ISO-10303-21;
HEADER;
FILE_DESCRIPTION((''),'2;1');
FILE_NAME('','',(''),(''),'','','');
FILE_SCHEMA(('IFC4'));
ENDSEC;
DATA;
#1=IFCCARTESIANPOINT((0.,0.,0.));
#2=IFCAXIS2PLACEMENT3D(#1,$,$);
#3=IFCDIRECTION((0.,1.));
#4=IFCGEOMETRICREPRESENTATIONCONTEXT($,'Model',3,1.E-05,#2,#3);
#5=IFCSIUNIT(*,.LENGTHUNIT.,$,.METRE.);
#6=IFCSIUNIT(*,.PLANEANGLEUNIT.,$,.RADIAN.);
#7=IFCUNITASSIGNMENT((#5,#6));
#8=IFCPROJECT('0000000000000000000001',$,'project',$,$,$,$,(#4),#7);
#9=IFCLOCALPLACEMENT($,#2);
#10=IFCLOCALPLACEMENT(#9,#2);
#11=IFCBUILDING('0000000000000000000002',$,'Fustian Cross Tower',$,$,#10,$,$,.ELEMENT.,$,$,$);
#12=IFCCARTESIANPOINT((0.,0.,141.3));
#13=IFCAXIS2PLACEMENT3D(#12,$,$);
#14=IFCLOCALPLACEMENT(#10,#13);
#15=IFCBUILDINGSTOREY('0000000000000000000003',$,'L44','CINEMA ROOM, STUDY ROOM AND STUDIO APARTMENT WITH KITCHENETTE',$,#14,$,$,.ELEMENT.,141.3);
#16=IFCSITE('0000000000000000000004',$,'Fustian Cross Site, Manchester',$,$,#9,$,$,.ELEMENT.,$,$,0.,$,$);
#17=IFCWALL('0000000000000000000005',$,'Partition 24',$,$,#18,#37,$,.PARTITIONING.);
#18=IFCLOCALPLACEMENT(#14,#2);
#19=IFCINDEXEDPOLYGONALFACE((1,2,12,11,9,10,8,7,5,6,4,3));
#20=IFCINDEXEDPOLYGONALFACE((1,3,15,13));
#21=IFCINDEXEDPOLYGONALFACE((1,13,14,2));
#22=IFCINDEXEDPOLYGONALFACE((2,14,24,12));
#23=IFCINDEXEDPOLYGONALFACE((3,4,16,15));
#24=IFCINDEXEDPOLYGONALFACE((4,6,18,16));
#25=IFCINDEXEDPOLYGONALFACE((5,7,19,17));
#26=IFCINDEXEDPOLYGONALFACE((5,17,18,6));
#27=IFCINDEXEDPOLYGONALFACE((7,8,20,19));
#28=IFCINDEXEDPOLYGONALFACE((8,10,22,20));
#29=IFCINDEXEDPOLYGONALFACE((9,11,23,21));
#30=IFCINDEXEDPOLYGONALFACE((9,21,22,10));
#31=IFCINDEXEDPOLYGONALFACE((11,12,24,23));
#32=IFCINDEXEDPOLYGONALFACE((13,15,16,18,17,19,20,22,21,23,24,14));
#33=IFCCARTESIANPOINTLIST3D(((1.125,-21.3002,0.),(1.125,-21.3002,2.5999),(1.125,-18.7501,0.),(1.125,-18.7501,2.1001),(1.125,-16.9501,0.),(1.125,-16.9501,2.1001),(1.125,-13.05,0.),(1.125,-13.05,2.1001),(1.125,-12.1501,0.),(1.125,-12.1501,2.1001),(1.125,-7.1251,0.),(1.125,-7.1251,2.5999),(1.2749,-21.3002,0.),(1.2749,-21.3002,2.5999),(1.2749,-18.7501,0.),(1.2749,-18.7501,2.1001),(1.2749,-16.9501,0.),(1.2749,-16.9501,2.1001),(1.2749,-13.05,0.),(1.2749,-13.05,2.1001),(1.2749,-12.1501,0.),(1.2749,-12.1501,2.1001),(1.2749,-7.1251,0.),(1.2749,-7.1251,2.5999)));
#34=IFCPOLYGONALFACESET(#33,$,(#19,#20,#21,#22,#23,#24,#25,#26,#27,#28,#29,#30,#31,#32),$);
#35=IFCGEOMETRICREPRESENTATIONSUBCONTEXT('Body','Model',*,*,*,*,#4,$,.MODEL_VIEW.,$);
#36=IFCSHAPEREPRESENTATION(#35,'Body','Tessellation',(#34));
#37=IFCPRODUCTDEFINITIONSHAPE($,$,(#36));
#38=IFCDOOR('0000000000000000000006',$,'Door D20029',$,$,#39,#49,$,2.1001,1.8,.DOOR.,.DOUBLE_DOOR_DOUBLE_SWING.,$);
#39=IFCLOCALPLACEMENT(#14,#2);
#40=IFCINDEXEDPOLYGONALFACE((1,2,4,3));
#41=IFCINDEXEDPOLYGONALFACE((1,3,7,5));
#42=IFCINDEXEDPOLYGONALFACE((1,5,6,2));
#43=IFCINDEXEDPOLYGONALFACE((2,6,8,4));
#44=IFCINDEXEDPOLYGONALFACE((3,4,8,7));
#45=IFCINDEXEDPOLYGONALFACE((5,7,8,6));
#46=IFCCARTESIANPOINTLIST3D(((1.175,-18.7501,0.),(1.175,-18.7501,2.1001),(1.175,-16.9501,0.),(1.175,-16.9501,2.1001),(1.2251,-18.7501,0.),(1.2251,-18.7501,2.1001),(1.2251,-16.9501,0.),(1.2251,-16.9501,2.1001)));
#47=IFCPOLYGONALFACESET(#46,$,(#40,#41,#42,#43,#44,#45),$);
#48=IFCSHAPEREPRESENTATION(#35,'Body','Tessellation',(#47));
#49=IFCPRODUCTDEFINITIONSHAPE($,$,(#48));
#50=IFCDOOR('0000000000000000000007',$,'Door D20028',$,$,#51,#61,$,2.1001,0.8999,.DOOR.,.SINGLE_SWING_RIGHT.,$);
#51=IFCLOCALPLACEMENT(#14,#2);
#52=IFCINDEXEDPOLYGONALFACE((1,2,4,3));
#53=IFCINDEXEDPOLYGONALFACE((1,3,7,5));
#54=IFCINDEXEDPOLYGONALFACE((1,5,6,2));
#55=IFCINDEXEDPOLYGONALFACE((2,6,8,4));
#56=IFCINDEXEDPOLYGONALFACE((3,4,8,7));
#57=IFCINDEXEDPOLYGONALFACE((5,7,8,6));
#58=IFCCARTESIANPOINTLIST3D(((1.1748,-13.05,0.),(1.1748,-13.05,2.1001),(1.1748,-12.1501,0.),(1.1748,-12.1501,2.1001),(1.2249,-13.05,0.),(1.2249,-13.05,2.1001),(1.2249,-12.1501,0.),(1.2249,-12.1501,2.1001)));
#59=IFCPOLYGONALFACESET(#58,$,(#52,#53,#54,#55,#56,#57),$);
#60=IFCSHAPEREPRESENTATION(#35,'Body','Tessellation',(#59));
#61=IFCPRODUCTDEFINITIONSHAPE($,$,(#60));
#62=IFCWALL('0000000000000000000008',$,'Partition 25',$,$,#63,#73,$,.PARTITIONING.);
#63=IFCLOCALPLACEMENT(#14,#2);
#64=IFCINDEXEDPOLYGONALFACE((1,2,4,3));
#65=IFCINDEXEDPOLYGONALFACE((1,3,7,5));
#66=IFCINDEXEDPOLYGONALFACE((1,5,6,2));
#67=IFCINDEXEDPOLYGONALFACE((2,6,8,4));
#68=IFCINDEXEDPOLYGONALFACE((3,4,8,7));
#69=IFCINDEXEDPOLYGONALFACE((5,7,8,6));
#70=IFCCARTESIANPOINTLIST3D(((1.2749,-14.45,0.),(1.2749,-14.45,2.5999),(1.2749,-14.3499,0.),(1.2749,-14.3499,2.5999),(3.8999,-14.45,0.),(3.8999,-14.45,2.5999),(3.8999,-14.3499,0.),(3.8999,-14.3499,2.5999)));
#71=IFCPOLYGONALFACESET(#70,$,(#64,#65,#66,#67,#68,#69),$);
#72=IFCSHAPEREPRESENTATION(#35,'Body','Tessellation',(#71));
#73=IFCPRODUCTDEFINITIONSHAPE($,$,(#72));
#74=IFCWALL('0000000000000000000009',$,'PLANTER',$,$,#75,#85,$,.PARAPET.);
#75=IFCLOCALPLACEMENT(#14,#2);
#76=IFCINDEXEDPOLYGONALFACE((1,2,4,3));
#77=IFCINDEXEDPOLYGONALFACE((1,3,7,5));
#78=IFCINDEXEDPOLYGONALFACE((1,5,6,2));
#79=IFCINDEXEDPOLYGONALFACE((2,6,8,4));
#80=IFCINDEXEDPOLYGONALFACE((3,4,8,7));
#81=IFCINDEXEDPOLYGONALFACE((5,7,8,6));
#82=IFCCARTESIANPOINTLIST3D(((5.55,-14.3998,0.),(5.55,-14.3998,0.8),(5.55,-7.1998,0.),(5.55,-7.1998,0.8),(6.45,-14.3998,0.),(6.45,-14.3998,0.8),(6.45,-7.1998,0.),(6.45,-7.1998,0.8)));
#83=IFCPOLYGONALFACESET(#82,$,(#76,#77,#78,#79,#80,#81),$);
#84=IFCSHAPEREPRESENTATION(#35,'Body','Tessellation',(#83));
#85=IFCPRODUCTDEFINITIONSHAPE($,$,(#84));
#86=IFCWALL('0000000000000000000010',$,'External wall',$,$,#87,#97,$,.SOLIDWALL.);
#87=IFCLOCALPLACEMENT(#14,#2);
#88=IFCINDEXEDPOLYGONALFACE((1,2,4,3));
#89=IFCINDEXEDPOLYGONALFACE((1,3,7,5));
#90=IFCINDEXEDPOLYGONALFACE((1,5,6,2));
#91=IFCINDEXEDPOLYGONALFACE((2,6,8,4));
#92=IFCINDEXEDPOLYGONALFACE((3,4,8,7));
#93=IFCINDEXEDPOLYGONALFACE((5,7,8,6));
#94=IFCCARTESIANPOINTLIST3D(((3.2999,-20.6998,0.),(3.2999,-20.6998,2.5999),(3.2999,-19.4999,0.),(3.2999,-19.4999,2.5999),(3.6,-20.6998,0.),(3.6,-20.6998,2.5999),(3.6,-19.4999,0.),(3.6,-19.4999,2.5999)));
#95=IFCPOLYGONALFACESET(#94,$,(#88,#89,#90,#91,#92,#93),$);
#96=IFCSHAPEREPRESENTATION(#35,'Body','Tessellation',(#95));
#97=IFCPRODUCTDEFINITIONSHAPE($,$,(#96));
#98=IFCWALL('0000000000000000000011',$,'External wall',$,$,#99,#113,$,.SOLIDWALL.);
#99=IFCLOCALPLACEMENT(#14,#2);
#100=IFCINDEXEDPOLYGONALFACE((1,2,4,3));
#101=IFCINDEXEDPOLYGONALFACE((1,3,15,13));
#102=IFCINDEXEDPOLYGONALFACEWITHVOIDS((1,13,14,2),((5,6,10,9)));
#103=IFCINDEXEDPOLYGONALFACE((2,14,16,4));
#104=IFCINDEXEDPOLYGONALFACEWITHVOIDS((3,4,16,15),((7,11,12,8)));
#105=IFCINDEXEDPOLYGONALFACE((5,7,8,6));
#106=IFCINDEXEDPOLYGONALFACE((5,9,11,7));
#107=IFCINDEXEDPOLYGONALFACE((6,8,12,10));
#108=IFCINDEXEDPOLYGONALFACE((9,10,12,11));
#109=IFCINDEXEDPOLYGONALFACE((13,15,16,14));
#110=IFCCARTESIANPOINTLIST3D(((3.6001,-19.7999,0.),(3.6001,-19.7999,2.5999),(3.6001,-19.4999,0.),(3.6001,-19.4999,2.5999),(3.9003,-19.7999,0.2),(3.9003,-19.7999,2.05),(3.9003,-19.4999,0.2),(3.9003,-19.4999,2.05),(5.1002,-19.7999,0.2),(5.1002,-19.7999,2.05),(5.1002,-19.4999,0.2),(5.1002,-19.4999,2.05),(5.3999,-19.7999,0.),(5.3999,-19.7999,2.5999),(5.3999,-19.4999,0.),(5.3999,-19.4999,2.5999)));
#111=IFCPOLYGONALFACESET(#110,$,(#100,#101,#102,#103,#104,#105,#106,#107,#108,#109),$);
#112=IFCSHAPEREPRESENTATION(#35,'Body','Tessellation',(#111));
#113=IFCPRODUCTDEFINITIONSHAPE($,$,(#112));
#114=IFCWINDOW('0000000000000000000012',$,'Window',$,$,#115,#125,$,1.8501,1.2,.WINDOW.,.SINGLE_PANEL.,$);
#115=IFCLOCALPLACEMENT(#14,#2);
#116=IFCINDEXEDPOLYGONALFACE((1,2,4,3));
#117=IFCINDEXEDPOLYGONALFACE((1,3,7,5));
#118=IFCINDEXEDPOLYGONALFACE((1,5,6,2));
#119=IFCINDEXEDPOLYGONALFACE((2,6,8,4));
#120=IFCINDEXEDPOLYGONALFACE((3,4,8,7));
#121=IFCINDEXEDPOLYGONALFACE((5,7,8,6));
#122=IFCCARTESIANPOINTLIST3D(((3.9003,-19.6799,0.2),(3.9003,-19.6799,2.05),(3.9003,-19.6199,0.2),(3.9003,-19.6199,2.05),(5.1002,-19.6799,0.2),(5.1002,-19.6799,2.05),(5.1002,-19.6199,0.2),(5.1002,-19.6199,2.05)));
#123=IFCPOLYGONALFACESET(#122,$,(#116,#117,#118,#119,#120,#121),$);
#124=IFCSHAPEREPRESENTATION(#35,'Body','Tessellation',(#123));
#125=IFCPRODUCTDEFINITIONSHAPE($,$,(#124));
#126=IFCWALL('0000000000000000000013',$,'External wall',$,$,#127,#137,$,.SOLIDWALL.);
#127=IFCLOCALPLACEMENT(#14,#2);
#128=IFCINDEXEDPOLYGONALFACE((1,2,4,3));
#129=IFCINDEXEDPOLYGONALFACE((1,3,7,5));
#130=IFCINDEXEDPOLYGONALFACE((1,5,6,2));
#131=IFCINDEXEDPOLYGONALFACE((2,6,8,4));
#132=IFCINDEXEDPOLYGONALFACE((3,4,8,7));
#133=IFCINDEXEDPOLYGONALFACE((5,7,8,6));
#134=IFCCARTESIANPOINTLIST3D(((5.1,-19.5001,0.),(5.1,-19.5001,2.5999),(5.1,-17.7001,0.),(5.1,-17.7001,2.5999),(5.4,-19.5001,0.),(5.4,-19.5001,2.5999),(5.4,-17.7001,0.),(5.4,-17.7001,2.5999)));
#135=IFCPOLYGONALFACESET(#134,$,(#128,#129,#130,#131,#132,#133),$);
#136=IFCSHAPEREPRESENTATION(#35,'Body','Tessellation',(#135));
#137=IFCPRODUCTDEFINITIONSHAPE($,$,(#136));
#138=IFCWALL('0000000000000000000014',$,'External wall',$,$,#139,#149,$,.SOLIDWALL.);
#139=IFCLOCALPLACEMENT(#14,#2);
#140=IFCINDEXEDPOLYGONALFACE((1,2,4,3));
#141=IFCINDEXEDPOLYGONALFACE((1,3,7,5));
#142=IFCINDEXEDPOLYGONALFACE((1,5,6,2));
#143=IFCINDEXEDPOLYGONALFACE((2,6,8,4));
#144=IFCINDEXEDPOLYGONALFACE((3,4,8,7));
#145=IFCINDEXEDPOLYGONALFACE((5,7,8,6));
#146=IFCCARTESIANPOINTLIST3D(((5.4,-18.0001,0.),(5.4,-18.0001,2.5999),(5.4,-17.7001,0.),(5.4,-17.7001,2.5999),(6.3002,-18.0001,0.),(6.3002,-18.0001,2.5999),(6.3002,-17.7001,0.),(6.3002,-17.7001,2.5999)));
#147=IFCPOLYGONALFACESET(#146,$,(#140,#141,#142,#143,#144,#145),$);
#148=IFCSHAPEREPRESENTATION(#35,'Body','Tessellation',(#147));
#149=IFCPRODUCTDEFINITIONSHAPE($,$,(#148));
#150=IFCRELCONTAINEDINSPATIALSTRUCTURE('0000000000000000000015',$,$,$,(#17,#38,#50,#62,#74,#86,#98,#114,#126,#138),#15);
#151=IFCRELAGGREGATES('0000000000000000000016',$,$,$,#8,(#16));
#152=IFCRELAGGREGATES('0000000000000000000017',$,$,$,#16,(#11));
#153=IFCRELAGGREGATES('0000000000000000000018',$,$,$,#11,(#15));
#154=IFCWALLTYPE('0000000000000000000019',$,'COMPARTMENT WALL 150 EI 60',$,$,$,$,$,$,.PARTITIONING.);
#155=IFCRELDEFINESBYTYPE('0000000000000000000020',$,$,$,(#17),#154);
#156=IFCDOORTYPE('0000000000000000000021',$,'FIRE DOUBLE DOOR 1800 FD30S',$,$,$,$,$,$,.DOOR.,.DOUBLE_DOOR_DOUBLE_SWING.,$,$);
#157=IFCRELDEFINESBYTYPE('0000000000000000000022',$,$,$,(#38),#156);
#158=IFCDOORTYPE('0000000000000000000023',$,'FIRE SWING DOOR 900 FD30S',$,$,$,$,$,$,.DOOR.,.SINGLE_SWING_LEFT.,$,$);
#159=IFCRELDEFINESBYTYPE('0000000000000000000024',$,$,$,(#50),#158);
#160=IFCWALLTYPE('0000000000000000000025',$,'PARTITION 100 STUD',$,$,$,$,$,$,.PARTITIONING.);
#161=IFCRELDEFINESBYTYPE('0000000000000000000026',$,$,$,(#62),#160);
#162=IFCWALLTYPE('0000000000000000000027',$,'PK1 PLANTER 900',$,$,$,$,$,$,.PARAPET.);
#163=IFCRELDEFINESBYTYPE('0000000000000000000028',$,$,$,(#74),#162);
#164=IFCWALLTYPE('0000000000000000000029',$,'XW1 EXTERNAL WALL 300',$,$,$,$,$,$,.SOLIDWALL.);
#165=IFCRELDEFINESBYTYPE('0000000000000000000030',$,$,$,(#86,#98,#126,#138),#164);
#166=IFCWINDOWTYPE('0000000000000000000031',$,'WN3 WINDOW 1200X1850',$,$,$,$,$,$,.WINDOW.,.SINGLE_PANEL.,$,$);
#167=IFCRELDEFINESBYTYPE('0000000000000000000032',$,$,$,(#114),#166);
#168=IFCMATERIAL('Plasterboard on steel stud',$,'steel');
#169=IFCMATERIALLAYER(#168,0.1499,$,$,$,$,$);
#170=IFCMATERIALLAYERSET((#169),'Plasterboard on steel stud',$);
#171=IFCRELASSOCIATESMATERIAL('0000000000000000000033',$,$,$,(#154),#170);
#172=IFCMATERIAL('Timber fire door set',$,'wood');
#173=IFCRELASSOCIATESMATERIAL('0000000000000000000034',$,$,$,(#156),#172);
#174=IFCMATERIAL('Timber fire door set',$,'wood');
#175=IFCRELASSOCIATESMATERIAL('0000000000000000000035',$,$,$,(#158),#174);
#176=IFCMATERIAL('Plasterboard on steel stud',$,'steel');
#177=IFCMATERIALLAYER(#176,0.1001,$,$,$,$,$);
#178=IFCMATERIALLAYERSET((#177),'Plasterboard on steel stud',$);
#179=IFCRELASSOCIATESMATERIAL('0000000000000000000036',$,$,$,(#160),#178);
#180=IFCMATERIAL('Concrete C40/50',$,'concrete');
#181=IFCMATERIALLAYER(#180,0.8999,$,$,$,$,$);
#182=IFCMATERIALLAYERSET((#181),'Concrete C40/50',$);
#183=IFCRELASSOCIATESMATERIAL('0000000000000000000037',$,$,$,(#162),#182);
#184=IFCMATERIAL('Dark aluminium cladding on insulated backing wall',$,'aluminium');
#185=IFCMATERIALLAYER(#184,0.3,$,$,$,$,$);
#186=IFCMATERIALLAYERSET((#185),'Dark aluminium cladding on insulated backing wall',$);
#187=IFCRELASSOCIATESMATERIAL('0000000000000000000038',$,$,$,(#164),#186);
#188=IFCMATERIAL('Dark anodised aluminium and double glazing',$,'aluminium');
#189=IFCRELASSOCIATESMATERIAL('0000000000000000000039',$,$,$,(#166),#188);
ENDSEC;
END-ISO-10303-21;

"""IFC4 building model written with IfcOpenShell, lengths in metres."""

from ifc_helpers import new_model, si_unit, direction, frame, frame_2d, origin, place, context, subcontext, project, spatial, rectangle, extrude, material, layer, layer_set, type_object, element, fill, save


model = new_model("IFC4")

# Units and contexts
model_context = context("Model", 3, precision=1e-05, world=origin(), true_north=direction((0.0, 1.0)))
body_context = subcontext(model_context, "Body", "Model", "MODEL_VIEW")
ifc_project = project(units=[si_unit("LENGTHUNIT", "METRE"), si_unit("PLANEANGLEUNIT", "RADIAN")], contexts=[model_context])

# Site, building, storey
site_placement = place(None, origin())
site = spatial("IfcSite", under=ifc_project, at=site_placement, Name="Fustian Cross Site, Manchester", CompositionType="ELEMENT", RefElevation=0.0)
building_placement = place(site_placement, origin())
building = spatial("IfcBuilding", under=site, at=building_placement, Name="Fustian Cross Tower", CompositionType="ELEMENT")
storey_placement = place(building_placement, frame((0.0, 0.0, 141.3)))
storey = spatial("IfcBuildingStorey", under=building, at=storey_placement, Name="L44", Description="CINEMA ROOM, STUDY ROOM AND STUDIO APARTMENT WITH KITCHENETTE", CompositionType="ELEMENT", Elevation=141.3)

# Wall, openings, doors
ifc_material_1 = material(Name="Plasterboard on steel stud", Category="steel")
ifc_layer_1 = layer(ifc_material_1, 0.1499)
ifc_layer_set_1 = layer_set([ifc_layer_1], Name="Plasterboard on steel stud")
wall_type_1 = type_object("IfcWallType", Name="COMPARTMENT WALL 150 EI 60", PredefinedType="PARTITIONING", material=ifc_layer_set_1)
wall_1_placement = place(storey_placement, frame((1.2, -21.3, 0.0), z_axis=(0.0, 0.0, 1.0), x_axis=(0.0, 1.0, 0.0)))
wall_1 = element("IfcWall", 1, at=wall_1_placement, inside=storey, type_object=wall_type_1, Name="Partition 24", PredefinedType="PARTITIONING", context=body_context, shape_type="SweptSolid", body=[
    extrude(rectangle(XDim=14.175, YDim=0.1499, at=frame_2d((7.0874, 0.0))), origin(), (0.0, 0.0, 1.0), 2.5999),
])
opening_1_placement = place(wall_1_placement, frame((8.25, 0.0, 0.0)))
opening_1 = element("IfcOpeningElement", 2, at=opening_1_placement, cuts=wall_1, PredefinedType="OPENING", context=body_context, shape_type="SweptSolid", body=[
    extrude(rectangle(XDim=0.8999, YDim=2.1001, at=frame_2d((0.45, 1.05))), frame((0.0, 0.085, 0.0), z_axis=(0.0, -1.0, 0.0), x_axis=(1.0, 0.0, 0.0)), (0.0, 0.0, 1.0), 0.1699),
])
opening_2_placement = place(wall_1_placement, frame((2.55, 0.0, 0.0)))
opening_2 = element("IfcOpeningElement", 3, at=opening_2_placement, cuts=wall_1, PredefinedType="OPENING", context=body_context, shape_type="SweptSolid", body=[
    extrude(rectangle(XDim=1.8, YDim=2.1001, at=frame_2d((0.8999, 1.05))), frame((0.0, 0.085, 0.0), z_axis=(0.0, -1.0, 0.0), x_axis=(1.0, 0.0, 0.0)), (0.0, 0.0, 1.0), 0.1699),
])
ifc_material_2 = material(Name="Timber fire door set", Category="wood")
door_type_1 = type_object("IfcDoorType", Name="FIRE DOUBLE DOOR 1800 FD30S", OperationType="DOUBLE_DOOR_DOUBLE_SWING", PredefinedType="DOOR", material=ifc_material_2)
door_1_placement = place(opening_2_placement, origin())
door_1 = element("IfcDoor", 4, at=door_1_placement, inside=storey, type_object=door_type_1, Name="Door D20029", OperationType="DOUBLE_DOOR_DOUBLE_SWING", OverallHeight=2.1001, OverallWidth=1.8, PredefinedType="DOOR", context=body_context, shape_type="SweptSolid", body=[
    extrude(rectangle(XDim=1.8, YDim=2.1001, at=frame_2d((0.8999, 1.05))), frame((0.0, 0.0249, 0.0), z_axis=(0.0, -1.0, 0.0), x_axis=(1.0, 0.0, 0.0)), (0.0, 0.0, 1.0), 0.05),
])
fill(opening_2, door_1)
ifc_material_3 = material(Name="Timber fire door set", Category="wood")
door_type_2 = type_object("IfcDoorType", Name="FIRE SWING DOOR 900 FD30S", OperationType="SINGLE_SWING_LEFT", PredefinedType="DOOR", material=ifc_material_3)
door_2_placement = place(opening_1_placement, frame((0.8999, 0.0, 0.0), z_axis=(0.0, 0.0, 1.0), x_axis=(-1.0, 0.0, 0.0)))
door_2 = element("IfcDoor", 5, at=door_2_placement, inside=storey, type_object=door_type_2, Name="Door D20028", OperationType="SINGLE_SWING_RIGHT", OverallHeight=2.1001, OverallWidth=0.8999, PredefinedType="DOOR", context=body_context, shape_type="SweptSolid", body=[
    extrude(rectangle(XDim=0.8999, YDim=2.1001, at=frame_2d((0.45, 1.05))), frame((0.0, 0.0249, 0.0), z_axis=(0.0, -1.0, 0.0), x_axis=(1.0, 0.0, 0.0)), (0.0, 0.0, 1.0), 0.05),
])
fill(opening_1, door_2)

# Walls
ifc_material_4 = material(Name="Plasterboard on steel stud", Category="steel")
ifc_layer_2 = layer(ifc_material_4, 0.1001)
ifc_layer_set_2 = layer_set([ifc_layer_2], Name="Plasterboard on steel stud")
wall_type_2 = type_object("IfcWallType", Name="PARTITION 100 STUD", PredefinedType="PARTITIONING", material=ifc_layer_set_2)
wall_2_placement = place(storey_placement, frame((1.2749, -14.3999, 0.0), z_axis=(0.0, 0.0, 1.0), x_axis=(1.0, 0.0, 0.0)))
element("IfcWall", 6, at=wall_2_placement, inside=storey, type_object=wall_type_2, Name="Partition 25", PredefinedType="PARTITIONING", context=body_context, shape_type="SweptSolid", body=[
    extrude(rectangle(XDim=2.625, YDim=0.1001, at=frame_2d((1.3125, 0.0))), origin(), (0.0, 0.0, 1.0), 2.5999),
])
ifc_material_5 = material(Name="Concrete C40/50", Category="concrete")
ifc_layer_3 = layer(ifc_material_5, 0.8999)
ifc_layer_set_3 = layer_set([ifc_layer_3], Name="Concrete C40/50")
wall_type_3 = type_object("IfcWallType", Name="PK1 PLANTER 900", PredefinedType="PARAPET", material=ifc_layer_set_3)
wall_3_placement = place(storey_placement, frame((6.0, -14.3999, 0.0), z_axis=(0.0, 0.0, 1.0), x_axis=(0.0, 1.0, 0.0)))
element("IfcWall", 7, at=wall_3_placement, inside=storey, type_object=wall_type_3, Name="PLANTER", PredefinedType="PARAPET", context=body_context, shape_type="SweptSolid", body=[
    extrude(rectangle(XDim=7.2, YDim=0.8999, at=frame_2d((3.6001, 0.0))), origin(), (0.0, 0.0, 1.0), 0.8),
])
ifc_material_6 = material(Name="Dark aluminium cladding on insulated backing wall", Category="aluminium")
ifc_layer_4 = layer(ifc_material_6, 0.3)
ifc_layer_set_4 = layer_set([ifc_layer_4], Name="Dark aluminium cladding on insulated backing wall")
wall_type_4 = type_object("IfcWallType", Name="XW1 EXTERNAL WALL 300", PredefinedType="SOLIDWALL", material=ifc_layer_set_4)
wall_4_placement = place(storey_placement, frame((3.45, -20.7, 0.0), z_axis=(0.0, 0.0, 1.0), x_axis=(0.0, 1.0, 0.0)))
element("IfcWall", 8, at=wall_4_placement, inside=storey, type_object=wall_type_4, Name="External wall", PredefinedType="SOLIDWALL", context=body_context, shape_type="SweptSolid", body=[
    extrude(rectangle(XDim=1.2, YDim=0.3, at=frame_2d((0.6001, 0.0))), origin(), (0.0, 0.0, 1.0), 2.5999),
])

# Wall, opening, window
wall_5_placement = place(storey_placement, frame((3.6001, -19.6499, 0.0), z_axis=(0.0, 0.0, 1.0), x_axis=(1.0, 0.0, 0.0)))
wall_5 = element("IfcWall", 9, at=wall_5_placement, inside=storey, type_object=wall_type_4, Name="External wall", PredefinedType="SOLIDWALL", context=body_context, shape_type="SweptSolid", body=[
    extrude(rectangle(XDim=1.7998, YDim=0.3, at=frame_2d((0.8999, 0.0))), origin(), (0.0, 0.0, 1.0), 2.5999),
])
opening_3_placement = place(wall_5_placement, frame((0.3, 0.0, 0.2)))
opening_3 = element("IfcOpeningElement", 10, at=opening_3_placement, cuts=wall_5, PredefinedType="OPENING", context=body_context, shape_type="SweptSolid", body=[
    extrude(rectangle(XDim=1.2, YDim=1.8501, at=frame_2d((0.6001, 0.925))), frame((0.0, 0.1599, 0.0), z_axis=(0.0, -1.0, 0.0), x_axis=(1.0, 0.0, 0.0)), (0.0, 0.0, 1.0), 0.3201),
])
ifc_material_7 = material(Name="Dark anodised aluminium and double glazing", Category="aluminium")
window_type_1 = type_object("IfcWindowType", Name="WN3 WINDOW 1200X1850", PartitioningType="SINGLE_PANEL", PredefinedType="WINDOW", material=ifc_material_7)
window_1_placement = place(opening_3_placement, origin())
window_1 = element("IfcWindow", 11, at=window_1_placement, inside=storey, type_object=window_type_1, Name="Window", OverallHeight=1.8501, OverallWidth=1.2, PartitioningType="SINGLE_PANEL", PredefinedType="WINDOW", context=body_context, shape_type="SweptSolid", body=[
    extrude(rectangle(XDim=1.2, YDim=1.8501, at=frame_2d((0.6001, 0.925))), frame((0.0, 0.03, 0.0), z_axis=(0.0, -1.0, 0.0), x_axis=(1.0, 0.0, 0.0)), (0.0, 0.0, 1.0), 0.0601),
])
fill(opening_3, window_1)

# Walls
wall_6_placement = place(storey_placement, frame((5.25, -19.5, 0.0), z_axis=(0.0, 0.0, 1.0), x_axis=(0.0, 1.0, 0.0)))
element("IfcWall", 12, at=wall_6_placement, inside=storey, type_object=wall_type_4, Name="External wall", PredefinedType="SOLIDWALL", context=body_context, shape_type="SweptSolid", body=[
    extrude(rectangle(XDim=1.8, YDim=0.3, at=frame_2d((0.8999, 0.0))), origin(), (0.0, 0.0, 1.0), 2.5999),
])
wall_7_placement = place(storey_placement, frame((5.3999, -17.8501, 0.0), z_axis=(0.0, 0.0, 1.0), x_axis=(1.0, 0.0, 0.0)))
element("IfcWall", 13, at=wall_7_placement, inside=storey, type_object=wall_type_4, Name="External wall", PredefinedType="SOLIDWALL", context=body_context, shape_type="SweptSolid", body=[
    extrude(rectangle(XDim=0.9001, YDim=0.3, at=frame_2d((0.4502, 0.0))), origin(), (0.0, 0.0, 1.0), 2.5999),
])

save(model, "model.ifc")
